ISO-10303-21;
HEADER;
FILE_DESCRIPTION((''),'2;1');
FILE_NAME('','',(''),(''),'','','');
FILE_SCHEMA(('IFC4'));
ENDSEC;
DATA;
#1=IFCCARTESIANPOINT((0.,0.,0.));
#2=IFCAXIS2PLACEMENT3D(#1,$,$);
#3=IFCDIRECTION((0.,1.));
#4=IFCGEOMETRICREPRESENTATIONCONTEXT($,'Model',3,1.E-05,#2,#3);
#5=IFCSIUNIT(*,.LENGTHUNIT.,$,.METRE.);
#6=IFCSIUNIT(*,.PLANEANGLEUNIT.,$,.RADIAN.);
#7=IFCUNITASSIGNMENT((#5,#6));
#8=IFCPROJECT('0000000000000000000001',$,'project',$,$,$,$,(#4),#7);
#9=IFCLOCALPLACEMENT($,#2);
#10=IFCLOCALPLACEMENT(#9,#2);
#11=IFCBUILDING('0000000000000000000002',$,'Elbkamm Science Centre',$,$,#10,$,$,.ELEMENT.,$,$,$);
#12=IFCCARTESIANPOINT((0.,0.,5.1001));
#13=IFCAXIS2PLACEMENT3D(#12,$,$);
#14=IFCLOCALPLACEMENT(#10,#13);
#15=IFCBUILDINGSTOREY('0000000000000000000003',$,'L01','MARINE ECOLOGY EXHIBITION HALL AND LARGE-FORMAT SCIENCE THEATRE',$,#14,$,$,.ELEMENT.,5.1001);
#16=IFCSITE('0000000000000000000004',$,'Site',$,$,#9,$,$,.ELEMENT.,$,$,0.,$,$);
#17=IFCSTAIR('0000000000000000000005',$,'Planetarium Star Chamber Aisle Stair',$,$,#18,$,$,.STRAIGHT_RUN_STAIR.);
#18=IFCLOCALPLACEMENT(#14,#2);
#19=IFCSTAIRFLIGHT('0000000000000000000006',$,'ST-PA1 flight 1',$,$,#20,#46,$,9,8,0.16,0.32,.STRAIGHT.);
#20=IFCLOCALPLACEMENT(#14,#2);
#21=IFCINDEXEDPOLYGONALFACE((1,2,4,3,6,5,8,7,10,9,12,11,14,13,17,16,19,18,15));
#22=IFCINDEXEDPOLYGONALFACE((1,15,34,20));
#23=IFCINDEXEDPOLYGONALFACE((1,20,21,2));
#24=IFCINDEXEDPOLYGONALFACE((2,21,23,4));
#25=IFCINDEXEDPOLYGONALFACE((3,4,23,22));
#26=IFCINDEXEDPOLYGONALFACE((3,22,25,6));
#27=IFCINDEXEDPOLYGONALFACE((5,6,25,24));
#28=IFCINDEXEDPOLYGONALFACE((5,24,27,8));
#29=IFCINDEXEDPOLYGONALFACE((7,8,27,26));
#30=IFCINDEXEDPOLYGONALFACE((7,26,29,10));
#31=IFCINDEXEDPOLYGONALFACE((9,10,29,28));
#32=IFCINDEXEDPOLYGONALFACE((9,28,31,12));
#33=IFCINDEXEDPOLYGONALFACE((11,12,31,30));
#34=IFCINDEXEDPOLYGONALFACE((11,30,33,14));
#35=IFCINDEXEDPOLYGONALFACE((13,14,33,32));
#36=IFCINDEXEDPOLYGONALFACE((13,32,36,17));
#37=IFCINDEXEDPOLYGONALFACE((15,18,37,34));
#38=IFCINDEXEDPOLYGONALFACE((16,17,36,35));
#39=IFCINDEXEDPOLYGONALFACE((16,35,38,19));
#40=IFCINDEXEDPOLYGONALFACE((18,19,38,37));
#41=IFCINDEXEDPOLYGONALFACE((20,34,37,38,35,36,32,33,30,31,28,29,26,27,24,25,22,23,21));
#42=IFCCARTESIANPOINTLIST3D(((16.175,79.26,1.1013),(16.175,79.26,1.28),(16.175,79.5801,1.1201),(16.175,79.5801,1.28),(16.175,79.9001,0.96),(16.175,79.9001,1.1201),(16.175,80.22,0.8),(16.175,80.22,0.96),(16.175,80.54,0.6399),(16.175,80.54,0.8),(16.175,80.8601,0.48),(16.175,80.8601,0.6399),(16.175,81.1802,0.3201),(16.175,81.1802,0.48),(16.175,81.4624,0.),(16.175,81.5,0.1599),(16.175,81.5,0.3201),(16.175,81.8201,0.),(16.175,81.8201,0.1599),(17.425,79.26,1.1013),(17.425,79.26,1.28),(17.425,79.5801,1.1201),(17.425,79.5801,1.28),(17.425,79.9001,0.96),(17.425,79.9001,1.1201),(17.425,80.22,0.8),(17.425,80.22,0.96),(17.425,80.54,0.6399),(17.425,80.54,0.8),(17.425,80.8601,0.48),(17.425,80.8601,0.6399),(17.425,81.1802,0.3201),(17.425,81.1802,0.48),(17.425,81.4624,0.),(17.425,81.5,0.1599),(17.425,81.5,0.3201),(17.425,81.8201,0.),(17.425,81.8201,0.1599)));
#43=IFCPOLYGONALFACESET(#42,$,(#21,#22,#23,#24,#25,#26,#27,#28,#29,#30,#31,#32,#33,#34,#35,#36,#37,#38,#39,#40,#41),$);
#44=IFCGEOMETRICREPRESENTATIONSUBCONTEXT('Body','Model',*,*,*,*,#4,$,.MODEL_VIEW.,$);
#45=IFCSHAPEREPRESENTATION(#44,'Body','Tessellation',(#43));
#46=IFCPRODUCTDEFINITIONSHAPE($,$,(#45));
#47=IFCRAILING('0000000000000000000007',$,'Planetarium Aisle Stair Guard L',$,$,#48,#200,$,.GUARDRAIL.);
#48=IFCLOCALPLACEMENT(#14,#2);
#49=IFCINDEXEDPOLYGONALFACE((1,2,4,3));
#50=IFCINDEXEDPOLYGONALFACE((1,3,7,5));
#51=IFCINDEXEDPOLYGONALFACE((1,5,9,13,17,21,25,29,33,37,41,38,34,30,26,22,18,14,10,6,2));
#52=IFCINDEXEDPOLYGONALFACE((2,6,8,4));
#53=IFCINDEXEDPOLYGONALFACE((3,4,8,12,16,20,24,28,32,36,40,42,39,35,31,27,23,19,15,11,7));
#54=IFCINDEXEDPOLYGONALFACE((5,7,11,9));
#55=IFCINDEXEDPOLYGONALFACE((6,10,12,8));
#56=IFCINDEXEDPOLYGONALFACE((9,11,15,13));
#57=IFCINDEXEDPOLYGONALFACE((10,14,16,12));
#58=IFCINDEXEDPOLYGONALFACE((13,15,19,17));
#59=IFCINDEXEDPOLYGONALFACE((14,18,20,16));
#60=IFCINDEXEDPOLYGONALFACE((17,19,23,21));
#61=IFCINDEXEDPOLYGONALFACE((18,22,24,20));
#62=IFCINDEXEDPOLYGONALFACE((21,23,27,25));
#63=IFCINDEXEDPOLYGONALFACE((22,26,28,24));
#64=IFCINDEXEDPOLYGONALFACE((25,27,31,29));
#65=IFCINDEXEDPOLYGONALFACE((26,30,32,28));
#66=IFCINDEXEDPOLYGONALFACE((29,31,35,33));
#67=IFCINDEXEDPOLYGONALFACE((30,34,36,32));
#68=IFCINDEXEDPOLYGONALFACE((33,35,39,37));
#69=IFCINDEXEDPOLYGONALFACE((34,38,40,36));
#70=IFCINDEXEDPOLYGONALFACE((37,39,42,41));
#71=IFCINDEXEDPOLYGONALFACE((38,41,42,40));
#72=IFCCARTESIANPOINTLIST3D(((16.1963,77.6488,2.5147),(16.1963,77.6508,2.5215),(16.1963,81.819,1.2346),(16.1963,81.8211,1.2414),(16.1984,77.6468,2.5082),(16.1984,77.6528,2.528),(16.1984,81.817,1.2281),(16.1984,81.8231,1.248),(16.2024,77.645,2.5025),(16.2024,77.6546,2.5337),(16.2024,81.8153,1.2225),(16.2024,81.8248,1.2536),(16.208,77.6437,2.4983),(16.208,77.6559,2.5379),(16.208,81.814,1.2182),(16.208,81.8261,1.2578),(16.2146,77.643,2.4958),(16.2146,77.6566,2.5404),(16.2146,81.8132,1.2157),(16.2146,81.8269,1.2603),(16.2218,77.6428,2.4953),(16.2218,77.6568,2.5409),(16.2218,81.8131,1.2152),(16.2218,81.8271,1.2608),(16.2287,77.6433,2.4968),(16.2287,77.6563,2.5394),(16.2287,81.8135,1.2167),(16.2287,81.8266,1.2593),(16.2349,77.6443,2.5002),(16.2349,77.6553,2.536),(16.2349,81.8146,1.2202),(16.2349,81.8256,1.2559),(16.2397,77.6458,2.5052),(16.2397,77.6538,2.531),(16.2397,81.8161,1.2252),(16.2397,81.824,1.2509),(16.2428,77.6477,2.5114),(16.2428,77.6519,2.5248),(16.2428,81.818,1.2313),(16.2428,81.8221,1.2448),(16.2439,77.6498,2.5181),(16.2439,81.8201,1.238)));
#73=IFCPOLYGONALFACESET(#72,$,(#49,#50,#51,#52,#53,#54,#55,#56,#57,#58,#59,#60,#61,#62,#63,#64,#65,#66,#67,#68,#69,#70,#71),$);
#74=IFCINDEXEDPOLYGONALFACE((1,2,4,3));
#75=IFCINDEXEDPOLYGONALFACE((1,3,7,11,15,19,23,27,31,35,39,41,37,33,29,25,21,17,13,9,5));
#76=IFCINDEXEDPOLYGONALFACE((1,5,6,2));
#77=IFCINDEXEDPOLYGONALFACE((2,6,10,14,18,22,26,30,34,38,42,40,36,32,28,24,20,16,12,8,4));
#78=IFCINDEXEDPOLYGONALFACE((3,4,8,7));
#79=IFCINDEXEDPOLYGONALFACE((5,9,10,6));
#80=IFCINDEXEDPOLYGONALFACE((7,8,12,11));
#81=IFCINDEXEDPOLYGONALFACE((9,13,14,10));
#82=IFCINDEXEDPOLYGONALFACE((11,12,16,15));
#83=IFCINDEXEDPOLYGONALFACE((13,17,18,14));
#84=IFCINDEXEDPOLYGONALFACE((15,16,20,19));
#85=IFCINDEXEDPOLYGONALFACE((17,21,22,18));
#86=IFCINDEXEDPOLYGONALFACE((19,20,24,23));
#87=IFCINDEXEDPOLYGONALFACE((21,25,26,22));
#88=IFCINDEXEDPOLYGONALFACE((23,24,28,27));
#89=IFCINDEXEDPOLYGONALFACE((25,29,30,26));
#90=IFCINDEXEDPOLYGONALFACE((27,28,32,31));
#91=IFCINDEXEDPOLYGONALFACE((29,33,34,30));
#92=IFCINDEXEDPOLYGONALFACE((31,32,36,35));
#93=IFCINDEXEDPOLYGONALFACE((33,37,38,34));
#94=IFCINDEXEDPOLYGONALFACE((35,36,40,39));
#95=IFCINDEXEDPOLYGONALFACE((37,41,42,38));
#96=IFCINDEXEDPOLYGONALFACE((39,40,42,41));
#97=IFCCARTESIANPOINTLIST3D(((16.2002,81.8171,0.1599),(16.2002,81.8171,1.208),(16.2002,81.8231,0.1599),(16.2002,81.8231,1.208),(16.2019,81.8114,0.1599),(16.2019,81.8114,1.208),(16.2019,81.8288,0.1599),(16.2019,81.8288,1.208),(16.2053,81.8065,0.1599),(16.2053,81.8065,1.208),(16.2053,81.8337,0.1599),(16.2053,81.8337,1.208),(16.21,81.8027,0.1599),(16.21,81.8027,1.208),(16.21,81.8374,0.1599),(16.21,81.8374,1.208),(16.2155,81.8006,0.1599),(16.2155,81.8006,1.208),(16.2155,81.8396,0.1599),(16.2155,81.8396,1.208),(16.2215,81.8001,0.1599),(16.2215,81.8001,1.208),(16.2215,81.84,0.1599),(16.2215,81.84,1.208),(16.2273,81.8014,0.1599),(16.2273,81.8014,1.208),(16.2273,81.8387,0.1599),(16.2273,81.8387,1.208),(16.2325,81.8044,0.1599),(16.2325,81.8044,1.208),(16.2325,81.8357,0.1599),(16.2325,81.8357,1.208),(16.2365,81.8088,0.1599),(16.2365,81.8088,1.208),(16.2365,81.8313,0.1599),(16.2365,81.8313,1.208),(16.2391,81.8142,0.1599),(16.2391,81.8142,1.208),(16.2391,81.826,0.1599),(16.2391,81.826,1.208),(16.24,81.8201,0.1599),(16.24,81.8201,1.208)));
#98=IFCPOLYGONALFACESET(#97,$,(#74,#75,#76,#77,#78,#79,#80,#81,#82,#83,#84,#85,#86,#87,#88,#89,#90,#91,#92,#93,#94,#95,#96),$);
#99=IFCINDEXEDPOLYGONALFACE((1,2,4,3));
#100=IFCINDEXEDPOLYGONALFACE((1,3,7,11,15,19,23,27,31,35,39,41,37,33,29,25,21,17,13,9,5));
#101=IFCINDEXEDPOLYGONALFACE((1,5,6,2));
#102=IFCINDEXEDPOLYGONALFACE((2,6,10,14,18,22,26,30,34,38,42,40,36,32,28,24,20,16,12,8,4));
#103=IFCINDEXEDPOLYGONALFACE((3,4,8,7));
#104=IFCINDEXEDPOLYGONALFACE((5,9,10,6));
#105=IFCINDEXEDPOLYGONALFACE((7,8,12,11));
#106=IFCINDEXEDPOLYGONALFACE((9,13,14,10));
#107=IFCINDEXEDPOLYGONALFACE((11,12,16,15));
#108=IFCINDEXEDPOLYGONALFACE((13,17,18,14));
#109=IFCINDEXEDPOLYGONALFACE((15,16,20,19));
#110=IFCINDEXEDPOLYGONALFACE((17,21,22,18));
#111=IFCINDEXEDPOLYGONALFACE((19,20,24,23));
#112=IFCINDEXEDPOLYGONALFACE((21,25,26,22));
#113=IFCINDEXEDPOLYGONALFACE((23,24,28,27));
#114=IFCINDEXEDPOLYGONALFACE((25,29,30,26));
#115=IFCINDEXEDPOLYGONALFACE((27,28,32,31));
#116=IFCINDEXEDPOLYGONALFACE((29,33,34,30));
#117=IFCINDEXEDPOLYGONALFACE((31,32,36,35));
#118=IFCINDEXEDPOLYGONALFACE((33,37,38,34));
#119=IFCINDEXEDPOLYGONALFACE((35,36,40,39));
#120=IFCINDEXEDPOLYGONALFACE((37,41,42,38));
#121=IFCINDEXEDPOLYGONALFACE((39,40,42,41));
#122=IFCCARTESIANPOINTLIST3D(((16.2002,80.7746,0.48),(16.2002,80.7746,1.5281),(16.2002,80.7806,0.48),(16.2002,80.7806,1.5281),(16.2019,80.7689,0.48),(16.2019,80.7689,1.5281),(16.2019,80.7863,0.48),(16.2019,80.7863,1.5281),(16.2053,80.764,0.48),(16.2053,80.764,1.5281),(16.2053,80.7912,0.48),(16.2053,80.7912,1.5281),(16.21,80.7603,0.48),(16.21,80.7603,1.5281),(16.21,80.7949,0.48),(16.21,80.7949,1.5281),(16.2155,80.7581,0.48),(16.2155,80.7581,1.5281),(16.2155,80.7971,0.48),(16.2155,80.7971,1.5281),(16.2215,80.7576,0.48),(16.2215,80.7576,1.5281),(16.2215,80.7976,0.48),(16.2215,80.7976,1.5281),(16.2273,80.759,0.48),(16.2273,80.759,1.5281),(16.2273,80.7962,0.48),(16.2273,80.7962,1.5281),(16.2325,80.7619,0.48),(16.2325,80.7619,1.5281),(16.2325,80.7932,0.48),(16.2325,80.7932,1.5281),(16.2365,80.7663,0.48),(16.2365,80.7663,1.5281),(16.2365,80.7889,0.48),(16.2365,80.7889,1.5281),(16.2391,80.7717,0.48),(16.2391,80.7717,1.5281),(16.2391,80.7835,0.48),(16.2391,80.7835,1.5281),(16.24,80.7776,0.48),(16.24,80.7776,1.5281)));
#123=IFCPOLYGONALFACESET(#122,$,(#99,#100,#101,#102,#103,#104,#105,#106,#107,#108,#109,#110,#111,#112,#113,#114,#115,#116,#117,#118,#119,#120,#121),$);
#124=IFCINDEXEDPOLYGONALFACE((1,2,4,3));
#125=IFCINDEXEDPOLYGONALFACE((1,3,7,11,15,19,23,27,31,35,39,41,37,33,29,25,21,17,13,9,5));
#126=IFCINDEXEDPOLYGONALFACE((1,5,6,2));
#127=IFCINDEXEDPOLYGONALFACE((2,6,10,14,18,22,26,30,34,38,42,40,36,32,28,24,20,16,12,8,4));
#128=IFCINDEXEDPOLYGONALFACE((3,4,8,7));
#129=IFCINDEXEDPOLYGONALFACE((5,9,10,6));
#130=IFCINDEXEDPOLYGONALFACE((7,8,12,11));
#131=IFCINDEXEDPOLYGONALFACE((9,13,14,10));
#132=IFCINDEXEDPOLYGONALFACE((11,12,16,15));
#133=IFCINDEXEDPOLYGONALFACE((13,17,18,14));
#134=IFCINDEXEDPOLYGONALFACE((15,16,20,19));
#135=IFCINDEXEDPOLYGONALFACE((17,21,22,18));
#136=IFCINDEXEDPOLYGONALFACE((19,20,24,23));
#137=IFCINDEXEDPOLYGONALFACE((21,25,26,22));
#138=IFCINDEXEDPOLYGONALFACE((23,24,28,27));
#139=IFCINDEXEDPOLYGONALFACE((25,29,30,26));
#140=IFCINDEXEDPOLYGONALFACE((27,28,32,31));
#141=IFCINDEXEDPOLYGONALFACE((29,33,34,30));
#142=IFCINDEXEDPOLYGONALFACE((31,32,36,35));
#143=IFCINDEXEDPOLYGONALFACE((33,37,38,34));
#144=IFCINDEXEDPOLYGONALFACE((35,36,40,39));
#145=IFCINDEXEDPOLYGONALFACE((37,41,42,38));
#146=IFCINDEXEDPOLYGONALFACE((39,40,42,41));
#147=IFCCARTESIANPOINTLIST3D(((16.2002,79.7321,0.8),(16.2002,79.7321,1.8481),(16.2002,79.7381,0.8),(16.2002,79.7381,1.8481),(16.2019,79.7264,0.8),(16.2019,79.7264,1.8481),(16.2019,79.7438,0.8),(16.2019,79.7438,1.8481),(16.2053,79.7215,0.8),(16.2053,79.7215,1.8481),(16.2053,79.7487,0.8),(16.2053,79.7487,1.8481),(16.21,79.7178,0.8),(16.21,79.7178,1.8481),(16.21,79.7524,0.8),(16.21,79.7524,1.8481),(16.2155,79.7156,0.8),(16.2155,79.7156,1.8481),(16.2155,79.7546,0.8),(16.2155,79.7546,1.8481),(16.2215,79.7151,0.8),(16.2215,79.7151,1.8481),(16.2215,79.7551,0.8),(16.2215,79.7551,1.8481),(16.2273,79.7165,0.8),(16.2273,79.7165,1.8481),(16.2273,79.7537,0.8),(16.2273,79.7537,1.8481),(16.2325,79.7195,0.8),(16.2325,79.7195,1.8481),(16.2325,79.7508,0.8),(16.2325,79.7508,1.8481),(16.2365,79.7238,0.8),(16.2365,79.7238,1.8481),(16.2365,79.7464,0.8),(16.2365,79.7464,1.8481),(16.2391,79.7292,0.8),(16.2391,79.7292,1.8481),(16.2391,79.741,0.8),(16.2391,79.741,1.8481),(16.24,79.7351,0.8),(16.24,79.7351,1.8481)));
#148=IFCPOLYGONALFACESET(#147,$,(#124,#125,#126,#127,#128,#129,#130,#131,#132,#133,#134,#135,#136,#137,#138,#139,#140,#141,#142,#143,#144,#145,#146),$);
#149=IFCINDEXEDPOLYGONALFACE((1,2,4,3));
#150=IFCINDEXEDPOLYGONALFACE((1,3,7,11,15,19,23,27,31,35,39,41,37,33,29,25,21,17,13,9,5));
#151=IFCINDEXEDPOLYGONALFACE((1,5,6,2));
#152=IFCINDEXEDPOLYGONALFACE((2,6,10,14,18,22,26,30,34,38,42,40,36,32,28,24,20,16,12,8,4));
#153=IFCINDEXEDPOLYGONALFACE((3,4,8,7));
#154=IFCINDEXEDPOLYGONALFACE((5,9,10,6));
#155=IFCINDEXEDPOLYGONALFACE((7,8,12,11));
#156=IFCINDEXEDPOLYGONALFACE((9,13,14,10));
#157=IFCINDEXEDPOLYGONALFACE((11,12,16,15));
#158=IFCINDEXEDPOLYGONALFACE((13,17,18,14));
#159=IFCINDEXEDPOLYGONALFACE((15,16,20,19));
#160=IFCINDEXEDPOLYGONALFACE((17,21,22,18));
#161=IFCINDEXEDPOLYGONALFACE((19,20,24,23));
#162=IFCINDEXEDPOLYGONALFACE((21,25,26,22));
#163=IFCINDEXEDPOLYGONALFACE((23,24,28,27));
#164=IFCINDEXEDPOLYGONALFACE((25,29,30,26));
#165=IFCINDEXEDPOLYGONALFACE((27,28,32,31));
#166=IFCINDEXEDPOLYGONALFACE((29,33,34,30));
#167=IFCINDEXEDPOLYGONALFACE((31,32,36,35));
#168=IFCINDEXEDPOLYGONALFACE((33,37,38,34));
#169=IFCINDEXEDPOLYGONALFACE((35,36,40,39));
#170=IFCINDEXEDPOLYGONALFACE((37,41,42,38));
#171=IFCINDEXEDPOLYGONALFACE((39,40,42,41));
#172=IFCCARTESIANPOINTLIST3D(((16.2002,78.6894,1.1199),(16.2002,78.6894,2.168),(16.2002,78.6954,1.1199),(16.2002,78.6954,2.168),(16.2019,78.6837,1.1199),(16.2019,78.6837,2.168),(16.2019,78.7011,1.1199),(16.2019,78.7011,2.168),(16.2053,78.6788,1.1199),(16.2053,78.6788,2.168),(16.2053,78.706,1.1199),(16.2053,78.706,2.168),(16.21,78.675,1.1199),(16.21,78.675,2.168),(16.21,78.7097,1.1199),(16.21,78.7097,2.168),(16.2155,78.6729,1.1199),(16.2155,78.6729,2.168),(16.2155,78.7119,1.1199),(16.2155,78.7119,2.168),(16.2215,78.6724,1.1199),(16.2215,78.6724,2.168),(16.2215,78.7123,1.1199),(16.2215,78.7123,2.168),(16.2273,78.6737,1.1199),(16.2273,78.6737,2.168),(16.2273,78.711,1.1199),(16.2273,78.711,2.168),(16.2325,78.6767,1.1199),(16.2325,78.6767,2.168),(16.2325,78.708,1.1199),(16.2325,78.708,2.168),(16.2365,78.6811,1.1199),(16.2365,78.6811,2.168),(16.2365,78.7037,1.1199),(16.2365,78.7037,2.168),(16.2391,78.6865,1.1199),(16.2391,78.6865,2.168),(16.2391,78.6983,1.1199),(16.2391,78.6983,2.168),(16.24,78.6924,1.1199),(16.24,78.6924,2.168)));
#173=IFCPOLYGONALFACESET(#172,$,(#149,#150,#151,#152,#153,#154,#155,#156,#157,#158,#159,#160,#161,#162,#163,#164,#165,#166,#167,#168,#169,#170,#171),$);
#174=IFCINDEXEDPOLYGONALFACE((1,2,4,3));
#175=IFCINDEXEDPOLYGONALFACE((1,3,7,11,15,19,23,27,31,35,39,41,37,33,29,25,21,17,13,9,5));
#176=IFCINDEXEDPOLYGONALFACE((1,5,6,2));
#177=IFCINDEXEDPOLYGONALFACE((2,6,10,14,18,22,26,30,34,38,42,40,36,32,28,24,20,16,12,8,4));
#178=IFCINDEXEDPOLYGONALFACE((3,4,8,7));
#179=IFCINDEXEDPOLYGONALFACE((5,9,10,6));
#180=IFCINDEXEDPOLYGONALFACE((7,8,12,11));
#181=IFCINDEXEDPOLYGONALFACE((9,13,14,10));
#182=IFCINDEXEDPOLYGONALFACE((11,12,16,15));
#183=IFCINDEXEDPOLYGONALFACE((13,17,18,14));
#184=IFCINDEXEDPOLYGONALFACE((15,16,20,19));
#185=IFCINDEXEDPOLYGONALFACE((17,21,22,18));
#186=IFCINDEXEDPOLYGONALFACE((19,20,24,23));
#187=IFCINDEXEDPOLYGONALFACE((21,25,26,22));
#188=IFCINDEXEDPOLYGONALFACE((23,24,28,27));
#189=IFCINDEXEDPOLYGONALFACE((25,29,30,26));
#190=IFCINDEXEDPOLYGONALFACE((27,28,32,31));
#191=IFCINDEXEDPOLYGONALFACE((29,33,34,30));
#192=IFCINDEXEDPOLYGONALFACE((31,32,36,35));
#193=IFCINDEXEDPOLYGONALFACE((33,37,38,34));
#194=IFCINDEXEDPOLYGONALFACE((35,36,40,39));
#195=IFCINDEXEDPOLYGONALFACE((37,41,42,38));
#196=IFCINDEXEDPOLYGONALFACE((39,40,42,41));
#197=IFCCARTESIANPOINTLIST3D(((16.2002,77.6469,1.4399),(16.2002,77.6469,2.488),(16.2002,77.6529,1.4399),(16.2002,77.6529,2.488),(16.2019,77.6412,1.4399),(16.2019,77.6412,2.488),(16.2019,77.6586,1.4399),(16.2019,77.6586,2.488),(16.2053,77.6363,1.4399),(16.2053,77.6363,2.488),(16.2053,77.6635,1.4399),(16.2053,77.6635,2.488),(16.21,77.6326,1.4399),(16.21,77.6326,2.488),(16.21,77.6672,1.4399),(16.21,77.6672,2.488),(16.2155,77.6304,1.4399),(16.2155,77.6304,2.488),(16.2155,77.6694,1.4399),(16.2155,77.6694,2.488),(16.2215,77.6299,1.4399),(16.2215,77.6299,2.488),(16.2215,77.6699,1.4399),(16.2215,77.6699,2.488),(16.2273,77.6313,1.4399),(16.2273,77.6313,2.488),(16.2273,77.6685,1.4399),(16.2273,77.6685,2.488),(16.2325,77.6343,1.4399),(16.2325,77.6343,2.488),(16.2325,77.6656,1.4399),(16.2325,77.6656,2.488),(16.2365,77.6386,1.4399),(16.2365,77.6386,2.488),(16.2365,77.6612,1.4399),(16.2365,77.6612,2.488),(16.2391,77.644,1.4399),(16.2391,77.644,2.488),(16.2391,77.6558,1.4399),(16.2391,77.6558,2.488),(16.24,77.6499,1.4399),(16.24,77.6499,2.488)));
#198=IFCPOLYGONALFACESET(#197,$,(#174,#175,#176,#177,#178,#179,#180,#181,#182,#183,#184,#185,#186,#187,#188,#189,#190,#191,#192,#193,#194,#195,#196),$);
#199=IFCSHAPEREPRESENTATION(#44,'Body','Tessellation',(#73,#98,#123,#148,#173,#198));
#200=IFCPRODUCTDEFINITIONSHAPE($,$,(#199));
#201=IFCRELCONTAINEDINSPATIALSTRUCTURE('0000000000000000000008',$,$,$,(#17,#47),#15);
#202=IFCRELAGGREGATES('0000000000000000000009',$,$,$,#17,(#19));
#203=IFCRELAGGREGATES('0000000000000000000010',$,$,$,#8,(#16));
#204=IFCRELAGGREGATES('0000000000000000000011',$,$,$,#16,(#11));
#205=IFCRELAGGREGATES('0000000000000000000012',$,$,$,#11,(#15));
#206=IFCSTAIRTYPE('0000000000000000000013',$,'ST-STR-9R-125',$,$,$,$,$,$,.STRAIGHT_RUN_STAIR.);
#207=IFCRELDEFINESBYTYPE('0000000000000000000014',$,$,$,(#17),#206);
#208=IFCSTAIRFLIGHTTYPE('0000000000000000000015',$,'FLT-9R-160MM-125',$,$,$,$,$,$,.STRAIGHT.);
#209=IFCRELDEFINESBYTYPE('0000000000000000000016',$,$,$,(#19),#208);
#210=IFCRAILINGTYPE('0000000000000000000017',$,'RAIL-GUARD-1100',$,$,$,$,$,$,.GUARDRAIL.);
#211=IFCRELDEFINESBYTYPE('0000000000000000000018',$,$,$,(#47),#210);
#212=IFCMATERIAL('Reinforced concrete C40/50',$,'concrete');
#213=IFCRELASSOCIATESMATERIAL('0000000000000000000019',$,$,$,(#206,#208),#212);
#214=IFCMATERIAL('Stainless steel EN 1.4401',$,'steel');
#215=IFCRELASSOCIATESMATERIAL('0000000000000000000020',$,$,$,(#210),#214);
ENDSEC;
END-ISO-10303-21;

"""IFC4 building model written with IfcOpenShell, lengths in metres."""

from ifc_helpers import new_model, si_unit, direction, frame, origin, origin_2d, place, context, subcontext, project, spatial, polyline, circle, outline, extrude, material, type_object, element, aggregate, save


model = new_model("IFC4")

# Units and contexts
model_context = context("Model", 3, precision=1e-05, world=origin(), true_north=direction((0.0, 1.0)))
body_context = subcontext(model_context, "Body", "Model", "MODEL_VIEW")
ifc_project = project(units=[si_unit("LENGTHUNIT", "METRE"), si_unit("PLANEANGLEUNIT", "RADIAN")], contexts=[model_context])

# Site, building, storey
site_placement = place(None, origin())
site = spatial("IfcSite", under=ifc_project, at=site_placement, Name="Site", CompositionType="ELEMENT", RefElevation=0.0)
building_placement = place(site_placement, origin())
building = spatial("IfcBuilding", under=site, at=building_placement, Name="Elbkamm Science Centre", CompositionType="ELEMENT")
storey_placement = place(building_placement, frame((0.0, 0.0, 5.1001)))
storey = spatial("IfcBuildingStorey", under=building, at=storey_placement, Name="L01", Description="MARINE ECOLOGY EXHIBITION HALL AND LARGE-FORMAT SCIENCE THEATRE", CompositionType="ELEMENT", Elevation=5.1001)

# Shared definitions
ifc_material_1 = material(Name="Reinforced concrete C40/50", Category="concrete")

# Stair, stair flight
stair_type = type_object("IfcStairType", Name="ST-STR-9R-125", PredefinedType="STRAIGHT_RUN_STAIR", material=ifc_material_1)
stair_placement = place(storey_placement, origin())
stair = element("IfcStair", 1, at=stair_placement, inside=storey, type_object=stair_type, Name="Planetarium Star Chamber Aisle Stair", PredefinedType="STRAIGHT_RUN_STAIR")
stair_flight_type = type_object("IfcStairFlightType", Name="FLT-9R-160MM-125", PredefinedType="STRAIGHT", material=ifc_material_1)
stair_flight_placement = place(storey_placement, frame((16.8, 81.8201, 0.0), z_axis=(0.0, 0.0, 1.0), x_axis=(0.0, -1.0, 0.0)))
stair_flight = element("IfcStairFlight", 2, at=stair_flight_placement, type_object=stair_flight_type, Name="ST-PA1 flight 1", NumberOfRisers=9, NumberOfTreads=8, PredefinedType="STRAIGHT", RiserHeight=0.16, TreadLength=0.32, context=body_context, shape_type="SweptSolid", body=[
    extrude(outline(polyline([(0.0, 0.0), (0.0, 0.1599), (0.3201, 0.1599), (0.3201, 0.3201), (0.6399, 0.3201), (0.6399, 0.48), (0.96, 0.48), (0.96, 0.6399), (1.28, 0.6399), (1.28, 0.8), (1.6001, 0.8), (1.6001, 0.96), (1.9199, 0.96), (1.9199, 1.1201), (2.24, 1.1201), (2.24, 1.28), (2.5601, 1.28), (2.5601, 1.4399), (2.5601, 1.1013), (0.3577, 0.0), (0.0, 0.0)])), frame((0.0, 0.625, 0.0), z_axis=(0.0, -1.0, 0.0), x_axis=(1.0, 0.0, 0.0)), (0.0, 0.0, 1.0), 1.25),
])
aggregate(stair, [stair_flight])

# Railing
ifc_material_2 = material(Name="Stainless steel EN 1.4401", Category="steel")
railing_type_1 = type_object("IfcRailingType", Name="RAIL-GUARD-1100", PredefinedType="GUARDRAIL", material=ifc_material_2)
railing_1_placement = place(storey_placement, frame((16.22, 81.8201, 0.1599)))
element("IfcRailing", 3, at=railing_1_placement, inside=storey, type_object=railing_type_1, Name="Planetarium Aisle Stair Guard L", PredefinedType="GUARDRAIL", context=body_context, shape_type="SweptSolid", body=[
    extrude(circle(Radius=0.0239, at=origin_2d()), frame((0.0, 0.0, 1.0781), z_axis=(0.0, -0.955978, 0.293437), x_axis=(1.0, 0.0, 0.0)), (0.0, 0.0, 1.0), 4.3623),
    extrude(circle(Radius=0.02, at=origin_2d()), origin(), (0.0, 0.0, 1.0), 1.0481),
    extrude(circle(Radius=0.02, at=origin_2d()), frame((0.0, -1.0425, 0.3201)), (0.0, 0.0, 1.0), 1.0481),
    extrude(circle(Radius=0.02, at=origin_2d()), frame((0.0, -2.085, 0.6401)), (0.0, 0.0, 1.0), 1.0481),
    extrude(circle(Radius=0.02, at=origin_2d()), frame((0.0, -3.1277, 0.96)), (0.0, 0.0, 1.0), 1.0481),
    extrude(circle(Radius=0.02, at=origin_2d()), frame((0.0, -4.1702, 1.28)), (0.0, 0.0, 1.0), 1.0481),
])

save(model, "model.ifc")
